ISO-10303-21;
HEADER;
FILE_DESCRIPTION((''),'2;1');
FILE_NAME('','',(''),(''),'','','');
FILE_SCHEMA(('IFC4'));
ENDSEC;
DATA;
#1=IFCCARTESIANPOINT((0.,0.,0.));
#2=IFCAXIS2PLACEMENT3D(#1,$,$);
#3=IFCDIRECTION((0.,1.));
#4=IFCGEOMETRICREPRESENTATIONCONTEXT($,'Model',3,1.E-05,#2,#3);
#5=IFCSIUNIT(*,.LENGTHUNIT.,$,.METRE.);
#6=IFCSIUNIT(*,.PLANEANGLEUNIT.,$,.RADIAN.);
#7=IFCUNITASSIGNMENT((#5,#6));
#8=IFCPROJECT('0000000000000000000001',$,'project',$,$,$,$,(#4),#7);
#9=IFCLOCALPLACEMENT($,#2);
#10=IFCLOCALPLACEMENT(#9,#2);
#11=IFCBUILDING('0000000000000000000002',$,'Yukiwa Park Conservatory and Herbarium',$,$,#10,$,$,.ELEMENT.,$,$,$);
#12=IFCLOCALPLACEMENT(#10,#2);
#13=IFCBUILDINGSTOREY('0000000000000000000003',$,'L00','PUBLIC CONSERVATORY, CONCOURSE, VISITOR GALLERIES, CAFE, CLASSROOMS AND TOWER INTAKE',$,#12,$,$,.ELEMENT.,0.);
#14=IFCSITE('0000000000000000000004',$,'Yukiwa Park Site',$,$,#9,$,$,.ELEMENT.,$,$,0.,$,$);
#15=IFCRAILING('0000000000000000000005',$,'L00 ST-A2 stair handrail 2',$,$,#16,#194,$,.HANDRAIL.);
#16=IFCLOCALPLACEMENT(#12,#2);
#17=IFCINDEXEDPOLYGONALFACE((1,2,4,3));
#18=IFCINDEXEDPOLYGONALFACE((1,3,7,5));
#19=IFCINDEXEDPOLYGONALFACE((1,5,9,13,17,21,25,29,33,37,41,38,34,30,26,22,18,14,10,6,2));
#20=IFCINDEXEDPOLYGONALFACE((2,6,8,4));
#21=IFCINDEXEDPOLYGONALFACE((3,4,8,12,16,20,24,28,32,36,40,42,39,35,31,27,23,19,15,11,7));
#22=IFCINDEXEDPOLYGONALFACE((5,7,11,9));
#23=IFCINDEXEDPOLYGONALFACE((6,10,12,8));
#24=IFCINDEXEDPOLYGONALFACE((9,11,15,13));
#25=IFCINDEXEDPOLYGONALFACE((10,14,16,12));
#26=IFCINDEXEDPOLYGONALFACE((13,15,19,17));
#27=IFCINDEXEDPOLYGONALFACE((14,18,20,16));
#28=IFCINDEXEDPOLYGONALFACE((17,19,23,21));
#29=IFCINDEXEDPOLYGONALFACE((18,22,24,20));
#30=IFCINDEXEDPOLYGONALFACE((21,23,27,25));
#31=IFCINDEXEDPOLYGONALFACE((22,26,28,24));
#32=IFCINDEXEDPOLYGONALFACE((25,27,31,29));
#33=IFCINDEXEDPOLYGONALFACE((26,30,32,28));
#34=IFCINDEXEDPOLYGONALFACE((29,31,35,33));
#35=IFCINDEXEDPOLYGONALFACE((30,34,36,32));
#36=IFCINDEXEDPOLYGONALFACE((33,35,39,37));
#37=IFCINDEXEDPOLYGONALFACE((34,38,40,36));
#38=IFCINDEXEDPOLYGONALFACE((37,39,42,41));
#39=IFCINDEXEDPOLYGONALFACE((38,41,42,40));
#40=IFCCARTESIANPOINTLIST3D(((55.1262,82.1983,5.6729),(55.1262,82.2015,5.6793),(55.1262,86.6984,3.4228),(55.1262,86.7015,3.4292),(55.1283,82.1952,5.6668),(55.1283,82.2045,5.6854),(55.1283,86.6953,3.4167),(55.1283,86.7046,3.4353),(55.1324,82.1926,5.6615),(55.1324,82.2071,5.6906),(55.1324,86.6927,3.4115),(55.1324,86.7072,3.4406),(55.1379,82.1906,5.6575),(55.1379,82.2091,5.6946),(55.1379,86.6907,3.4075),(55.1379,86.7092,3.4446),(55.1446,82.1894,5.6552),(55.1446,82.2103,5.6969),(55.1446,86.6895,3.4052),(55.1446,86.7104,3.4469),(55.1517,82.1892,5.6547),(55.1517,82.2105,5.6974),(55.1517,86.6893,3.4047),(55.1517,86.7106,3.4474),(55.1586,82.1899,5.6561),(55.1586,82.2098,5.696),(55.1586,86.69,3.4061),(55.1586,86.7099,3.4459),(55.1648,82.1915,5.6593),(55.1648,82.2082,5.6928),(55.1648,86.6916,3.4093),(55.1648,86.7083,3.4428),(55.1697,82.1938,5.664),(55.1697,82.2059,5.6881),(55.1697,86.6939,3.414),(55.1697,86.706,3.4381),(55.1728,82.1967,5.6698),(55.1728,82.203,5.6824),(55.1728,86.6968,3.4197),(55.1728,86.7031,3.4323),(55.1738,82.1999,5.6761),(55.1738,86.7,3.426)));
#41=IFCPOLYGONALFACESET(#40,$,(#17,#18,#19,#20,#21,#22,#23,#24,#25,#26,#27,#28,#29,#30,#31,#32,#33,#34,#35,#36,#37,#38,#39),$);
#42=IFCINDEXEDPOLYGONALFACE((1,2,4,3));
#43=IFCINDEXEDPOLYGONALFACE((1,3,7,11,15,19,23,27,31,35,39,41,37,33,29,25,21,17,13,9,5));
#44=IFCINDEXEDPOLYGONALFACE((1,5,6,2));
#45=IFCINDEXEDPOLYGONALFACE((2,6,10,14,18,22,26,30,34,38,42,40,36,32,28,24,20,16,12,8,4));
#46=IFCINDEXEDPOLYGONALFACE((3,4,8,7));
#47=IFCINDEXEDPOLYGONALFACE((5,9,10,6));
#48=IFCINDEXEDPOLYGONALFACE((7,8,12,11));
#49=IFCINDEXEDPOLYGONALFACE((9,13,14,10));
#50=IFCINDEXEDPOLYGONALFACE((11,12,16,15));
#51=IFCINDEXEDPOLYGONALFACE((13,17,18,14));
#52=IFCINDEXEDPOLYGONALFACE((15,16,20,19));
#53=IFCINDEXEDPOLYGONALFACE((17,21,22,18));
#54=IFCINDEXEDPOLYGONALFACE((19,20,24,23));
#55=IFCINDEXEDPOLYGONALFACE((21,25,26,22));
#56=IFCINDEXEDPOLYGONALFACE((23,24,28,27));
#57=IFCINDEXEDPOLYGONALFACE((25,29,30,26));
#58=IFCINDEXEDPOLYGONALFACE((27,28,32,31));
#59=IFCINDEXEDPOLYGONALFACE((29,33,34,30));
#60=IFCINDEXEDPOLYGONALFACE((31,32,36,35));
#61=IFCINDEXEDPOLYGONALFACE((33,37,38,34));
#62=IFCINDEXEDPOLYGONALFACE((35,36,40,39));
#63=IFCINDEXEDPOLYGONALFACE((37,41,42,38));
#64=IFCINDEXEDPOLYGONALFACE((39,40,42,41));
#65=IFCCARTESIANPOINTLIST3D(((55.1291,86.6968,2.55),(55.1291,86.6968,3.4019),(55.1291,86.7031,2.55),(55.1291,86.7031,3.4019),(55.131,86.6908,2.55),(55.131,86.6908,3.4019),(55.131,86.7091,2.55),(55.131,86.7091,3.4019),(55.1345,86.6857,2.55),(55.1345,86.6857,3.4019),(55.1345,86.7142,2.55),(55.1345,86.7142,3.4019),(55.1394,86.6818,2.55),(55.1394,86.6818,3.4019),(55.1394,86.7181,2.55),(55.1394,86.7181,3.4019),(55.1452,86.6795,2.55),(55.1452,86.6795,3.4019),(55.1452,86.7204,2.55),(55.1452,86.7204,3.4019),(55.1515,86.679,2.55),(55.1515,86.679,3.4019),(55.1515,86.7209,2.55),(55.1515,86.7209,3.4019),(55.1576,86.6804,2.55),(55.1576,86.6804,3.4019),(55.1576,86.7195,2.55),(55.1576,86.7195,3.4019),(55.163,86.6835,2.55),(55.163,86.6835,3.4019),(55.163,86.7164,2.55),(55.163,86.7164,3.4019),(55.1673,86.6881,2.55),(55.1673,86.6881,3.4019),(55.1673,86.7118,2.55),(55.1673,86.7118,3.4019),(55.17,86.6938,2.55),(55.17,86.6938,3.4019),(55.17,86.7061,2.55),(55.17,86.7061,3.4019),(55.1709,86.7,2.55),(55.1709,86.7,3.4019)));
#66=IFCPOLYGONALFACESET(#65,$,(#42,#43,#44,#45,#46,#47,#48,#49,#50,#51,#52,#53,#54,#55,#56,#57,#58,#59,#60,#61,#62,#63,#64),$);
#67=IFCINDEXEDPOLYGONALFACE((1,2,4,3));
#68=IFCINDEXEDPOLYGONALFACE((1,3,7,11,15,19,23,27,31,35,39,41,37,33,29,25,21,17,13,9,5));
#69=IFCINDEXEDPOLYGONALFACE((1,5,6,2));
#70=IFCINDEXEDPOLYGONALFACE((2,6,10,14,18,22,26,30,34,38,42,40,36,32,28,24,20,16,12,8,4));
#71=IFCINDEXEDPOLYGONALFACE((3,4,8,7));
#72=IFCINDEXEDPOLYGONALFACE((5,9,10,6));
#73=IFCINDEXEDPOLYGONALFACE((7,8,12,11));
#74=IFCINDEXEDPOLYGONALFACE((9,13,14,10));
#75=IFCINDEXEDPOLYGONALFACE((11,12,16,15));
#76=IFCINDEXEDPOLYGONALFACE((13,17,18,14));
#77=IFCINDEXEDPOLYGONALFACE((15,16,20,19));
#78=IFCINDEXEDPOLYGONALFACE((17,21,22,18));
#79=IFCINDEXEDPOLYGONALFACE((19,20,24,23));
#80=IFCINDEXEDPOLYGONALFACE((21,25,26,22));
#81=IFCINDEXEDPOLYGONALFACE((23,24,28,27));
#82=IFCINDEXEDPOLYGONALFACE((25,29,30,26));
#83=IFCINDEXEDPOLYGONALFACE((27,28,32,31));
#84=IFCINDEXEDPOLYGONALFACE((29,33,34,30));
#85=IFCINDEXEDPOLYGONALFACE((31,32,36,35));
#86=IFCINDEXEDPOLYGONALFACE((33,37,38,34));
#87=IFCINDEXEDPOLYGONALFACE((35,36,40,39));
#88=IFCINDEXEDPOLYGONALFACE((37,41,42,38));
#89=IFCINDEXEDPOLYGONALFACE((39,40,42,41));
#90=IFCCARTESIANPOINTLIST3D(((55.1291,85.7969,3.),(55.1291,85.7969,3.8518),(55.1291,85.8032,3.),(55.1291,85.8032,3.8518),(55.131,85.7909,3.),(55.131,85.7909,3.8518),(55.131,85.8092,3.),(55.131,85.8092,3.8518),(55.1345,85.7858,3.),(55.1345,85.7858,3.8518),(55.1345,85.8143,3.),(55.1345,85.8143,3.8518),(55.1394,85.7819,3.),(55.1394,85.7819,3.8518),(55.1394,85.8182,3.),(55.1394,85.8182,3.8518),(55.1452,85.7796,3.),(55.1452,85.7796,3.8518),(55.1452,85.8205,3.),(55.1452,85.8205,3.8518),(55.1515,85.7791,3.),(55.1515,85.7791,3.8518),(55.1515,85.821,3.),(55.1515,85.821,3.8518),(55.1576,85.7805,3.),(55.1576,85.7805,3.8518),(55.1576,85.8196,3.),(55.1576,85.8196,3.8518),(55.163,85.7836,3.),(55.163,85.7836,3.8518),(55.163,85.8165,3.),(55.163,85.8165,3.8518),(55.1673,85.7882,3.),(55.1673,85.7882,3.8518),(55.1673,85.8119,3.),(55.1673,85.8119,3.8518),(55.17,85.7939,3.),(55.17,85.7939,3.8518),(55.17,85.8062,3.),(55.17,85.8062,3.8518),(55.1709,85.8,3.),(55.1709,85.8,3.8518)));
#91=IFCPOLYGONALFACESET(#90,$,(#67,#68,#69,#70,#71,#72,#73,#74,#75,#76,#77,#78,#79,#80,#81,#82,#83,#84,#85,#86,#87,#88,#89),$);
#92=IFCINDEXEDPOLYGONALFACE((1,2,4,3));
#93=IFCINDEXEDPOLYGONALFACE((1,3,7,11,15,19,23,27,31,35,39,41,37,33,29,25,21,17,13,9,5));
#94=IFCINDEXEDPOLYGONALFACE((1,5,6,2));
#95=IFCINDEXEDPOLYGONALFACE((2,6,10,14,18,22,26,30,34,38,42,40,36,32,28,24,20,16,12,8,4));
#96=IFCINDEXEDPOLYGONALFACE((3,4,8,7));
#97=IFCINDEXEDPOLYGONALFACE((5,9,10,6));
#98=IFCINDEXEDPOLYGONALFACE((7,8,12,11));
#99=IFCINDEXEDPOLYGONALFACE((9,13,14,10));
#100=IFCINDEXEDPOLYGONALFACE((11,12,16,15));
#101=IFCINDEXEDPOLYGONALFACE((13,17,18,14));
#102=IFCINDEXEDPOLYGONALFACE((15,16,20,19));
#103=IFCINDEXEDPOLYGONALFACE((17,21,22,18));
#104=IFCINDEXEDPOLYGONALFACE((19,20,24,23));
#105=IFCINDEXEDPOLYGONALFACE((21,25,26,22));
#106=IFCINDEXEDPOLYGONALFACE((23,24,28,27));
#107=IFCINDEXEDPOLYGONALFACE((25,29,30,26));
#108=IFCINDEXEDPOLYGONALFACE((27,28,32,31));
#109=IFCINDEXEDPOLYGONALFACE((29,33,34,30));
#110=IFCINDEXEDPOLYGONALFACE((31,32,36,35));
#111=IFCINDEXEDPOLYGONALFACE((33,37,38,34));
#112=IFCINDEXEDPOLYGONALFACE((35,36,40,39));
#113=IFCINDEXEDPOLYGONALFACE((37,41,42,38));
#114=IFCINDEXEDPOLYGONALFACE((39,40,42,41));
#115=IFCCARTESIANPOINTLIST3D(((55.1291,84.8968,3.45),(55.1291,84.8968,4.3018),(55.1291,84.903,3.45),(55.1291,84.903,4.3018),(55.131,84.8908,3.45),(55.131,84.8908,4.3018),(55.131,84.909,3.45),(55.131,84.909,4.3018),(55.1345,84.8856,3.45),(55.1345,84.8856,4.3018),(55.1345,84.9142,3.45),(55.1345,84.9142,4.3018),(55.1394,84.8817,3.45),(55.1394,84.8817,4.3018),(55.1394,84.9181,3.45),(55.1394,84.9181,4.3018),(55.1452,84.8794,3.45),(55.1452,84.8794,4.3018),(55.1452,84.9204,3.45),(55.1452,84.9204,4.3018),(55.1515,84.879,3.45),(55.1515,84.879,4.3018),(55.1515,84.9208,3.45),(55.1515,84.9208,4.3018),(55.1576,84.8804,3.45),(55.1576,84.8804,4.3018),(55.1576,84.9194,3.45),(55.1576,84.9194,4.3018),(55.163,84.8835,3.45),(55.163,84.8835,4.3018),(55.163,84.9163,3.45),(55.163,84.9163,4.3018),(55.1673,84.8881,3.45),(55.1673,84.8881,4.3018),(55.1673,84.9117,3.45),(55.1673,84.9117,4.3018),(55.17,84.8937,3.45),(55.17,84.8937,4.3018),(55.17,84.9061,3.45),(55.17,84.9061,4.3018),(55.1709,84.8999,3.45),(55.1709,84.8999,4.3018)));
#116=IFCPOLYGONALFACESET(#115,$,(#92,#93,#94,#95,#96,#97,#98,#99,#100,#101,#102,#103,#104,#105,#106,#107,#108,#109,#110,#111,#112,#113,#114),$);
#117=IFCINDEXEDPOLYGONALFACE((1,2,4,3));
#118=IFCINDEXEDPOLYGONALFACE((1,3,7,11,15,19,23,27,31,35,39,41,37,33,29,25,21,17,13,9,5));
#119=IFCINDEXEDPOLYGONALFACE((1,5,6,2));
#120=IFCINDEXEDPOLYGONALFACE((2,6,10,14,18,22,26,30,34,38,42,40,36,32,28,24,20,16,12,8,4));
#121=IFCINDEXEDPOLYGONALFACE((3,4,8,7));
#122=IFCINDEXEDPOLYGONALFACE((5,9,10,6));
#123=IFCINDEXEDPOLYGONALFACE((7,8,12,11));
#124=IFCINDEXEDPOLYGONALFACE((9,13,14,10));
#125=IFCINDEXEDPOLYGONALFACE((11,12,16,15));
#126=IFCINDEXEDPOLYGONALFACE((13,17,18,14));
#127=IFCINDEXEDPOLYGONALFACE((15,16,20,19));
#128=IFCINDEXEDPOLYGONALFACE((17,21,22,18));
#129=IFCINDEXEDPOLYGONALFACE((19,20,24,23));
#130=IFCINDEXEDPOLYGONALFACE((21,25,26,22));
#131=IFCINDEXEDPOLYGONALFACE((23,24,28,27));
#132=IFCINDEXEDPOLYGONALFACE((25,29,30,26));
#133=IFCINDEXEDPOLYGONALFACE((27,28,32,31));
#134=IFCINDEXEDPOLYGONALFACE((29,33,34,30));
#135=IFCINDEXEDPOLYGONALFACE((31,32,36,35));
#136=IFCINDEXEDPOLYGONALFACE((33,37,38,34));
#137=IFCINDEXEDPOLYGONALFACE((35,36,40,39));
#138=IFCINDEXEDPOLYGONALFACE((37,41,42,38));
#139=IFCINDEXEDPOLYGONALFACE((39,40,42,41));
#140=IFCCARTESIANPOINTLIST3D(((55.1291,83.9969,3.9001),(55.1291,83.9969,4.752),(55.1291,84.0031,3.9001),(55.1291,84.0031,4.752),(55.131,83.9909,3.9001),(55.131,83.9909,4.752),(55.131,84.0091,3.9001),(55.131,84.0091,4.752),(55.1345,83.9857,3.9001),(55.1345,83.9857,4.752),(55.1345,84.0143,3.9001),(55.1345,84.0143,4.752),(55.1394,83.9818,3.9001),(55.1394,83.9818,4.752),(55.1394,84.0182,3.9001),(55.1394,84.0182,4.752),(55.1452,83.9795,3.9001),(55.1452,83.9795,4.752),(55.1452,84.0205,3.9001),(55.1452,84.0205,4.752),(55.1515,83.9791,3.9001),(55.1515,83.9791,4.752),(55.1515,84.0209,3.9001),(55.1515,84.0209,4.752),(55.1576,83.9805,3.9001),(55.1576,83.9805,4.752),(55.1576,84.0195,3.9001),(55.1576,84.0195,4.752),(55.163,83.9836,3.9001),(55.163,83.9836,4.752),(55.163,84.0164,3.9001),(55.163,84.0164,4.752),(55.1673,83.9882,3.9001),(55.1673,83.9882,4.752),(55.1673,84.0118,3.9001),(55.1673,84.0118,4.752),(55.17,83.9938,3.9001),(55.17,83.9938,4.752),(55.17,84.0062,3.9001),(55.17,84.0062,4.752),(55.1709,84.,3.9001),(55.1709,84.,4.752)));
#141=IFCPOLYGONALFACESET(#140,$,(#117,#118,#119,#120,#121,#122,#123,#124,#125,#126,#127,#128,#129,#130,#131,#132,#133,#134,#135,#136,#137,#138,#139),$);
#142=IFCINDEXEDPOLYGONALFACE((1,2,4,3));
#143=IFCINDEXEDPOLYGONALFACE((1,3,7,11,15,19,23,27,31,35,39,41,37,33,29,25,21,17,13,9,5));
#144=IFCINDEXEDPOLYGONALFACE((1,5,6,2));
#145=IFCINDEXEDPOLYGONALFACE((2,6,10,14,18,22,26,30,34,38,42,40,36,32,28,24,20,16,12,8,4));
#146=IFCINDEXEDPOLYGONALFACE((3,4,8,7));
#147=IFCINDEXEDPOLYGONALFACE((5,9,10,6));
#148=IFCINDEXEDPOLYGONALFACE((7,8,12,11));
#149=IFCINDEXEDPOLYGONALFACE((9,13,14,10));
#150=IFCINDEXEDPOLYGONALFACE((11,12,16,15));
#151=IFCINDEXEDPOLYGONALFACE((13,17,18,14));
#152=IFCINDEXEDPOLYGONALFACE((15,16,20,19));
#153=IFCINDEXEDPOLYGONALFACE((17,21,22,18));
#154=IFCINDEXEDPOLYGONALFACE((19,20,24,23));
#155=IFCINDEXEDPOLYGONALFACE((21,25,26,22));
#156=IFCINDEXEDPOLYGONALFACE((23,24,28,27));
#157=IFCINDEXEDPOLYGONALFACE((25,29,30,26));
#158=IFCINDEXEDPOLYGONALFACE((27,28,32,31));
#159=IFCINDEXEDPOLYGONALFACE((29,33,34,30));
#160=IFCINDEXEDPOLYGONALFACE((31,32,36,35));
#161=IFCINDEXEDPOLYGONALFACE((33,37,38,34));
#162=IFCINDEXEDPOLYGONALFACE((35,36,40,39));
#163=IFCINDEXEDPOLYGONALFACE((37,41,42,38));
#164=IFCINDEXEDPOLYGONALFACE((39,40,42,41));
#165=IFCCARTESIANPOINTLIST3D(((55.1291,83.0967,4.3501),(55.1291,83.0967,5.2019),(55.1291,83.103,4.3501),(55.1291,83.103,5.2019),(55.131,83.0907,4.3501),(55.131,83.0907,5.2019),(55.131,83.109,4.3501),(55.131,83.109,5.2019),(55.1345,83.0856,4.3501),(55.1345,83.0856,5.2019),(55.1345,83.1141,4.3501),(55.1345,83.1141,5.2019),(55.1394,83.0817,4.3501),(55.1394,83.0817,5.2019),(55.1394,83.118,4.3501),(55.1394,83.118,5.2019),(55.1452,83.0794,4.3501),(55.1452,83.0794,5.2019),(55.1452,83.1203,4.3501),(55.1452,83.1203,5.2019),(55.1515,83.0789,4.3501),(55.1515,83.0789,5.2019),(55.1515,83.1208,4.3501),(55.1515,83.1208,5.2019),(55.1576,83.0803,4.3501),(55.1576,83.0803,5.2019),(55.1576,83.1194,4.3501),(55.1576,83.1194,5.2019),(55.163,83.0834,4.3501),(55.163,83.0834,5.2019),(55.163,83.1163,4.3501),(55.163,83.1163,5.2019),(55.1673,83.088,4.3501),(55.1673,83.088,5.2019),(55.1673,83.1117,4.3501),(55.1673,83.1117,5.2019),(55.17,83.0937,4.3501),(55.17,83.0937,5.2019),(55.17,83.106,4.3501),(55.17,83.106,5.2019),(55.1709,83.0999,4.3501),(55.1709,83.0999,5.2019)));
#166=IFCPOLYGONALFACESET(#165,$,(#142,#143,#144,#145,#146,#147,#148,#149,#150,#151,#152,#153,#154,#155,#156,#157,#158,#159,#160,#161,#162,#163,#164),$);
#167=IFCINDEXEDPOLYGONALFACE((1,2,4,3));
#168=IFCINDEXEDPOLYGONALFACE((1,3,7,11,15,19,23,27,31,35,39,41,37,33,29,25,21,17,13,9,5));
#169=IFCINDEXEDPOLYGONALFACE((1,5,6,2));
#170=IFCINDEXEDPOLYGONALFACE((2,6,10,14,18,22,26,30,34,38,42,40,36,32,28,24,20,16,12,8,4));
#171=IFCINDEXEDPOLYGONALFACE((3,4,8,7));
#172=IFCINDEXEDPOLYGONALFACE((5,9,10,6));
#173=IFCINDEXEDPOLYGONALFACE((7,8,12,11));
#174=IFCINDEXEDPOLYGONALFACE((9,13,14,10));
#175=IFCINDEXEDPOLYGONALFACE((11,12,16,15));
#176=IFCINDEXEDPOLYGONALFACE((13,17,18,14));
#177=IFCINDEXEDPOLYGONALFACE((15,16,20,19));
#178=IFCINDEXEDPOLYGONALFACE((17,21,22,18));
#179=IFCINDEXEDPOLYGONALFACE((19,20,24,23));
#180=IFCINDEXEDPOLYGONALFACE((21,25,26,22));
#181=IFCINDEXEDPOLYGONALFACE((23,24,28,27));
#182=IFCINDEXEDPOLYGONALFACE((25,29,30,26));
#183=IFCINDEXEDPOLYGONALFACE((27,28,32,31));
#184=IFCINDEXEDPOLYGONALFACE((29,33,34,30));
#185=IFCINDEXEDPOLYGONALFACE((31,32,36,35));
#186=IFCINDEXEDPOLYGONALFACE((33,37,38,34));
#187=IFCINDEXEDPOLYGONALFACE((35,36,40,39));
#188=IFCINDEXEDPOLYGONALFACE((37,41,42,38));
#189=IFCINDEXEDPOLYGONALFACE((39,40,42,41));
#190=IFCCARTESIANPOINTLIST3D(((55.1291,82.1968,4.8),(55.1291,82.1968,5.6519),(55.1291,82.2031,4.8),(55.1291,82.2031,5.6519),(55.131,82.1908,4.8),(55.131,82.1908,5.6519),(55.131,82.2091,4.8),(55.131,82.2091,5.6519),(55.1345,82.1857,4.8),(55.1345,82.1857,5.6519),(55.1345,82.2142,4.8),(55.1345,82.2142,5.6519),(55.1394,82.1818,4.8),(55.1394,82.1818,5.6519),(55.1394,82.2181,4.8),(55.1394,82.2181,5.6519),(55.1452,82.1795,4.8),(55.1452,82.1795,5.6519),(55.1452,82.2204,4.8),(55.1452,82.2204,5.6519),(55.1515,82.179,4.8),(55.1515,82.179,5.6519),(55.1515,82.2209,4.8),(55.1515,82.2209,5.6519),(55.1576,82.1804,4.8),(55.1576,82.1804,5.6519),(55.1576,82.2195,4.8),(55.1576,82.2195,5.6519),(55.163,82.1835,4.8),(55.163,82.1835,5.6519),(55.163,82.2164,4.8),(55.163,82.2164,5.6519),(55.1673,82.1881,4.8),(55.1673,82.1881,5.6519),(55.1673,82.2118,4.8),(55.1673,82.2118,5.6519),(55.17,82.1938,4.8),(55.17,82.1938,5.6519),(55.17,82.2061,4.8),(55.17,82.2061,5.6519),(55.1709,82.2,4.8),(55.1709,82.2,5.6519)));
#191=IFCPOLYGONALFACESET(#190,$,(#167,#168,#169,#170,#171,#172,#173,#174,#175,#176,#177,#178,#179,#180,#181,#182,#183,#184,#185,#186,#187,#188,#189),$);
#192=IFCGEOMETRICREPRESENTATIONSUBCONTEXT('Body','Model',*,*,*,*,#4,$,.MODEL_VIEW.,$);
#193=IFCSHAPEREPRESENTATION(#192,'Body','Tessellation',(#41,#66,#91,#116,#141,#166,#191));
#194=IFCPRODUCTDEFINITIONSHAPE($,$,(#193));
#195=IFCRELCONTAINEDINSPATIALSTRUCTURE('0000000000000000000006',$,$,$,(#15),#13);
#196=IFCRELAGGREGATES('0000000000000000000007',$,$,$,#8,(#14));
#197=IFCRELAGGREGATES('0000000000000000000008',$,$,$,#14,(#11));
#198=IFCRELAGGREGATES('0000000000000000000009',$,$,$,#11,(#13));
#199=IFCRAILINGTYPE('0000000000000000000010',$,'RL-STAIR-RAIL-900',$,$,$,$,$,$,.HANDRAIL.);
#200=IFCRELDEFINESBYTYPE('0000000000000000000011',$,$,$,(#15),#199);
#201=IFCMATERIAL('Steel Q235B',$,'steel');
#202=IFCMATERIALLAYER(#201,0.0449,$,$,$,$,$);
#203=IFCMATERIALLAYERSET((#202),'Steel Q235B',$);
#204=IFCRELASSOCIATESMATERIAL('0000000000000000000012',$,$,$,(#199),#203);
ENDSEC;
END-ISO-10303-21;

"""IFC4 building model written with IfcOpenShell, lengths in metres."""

from ifc_helpers import new_model, si_unit, direction, frame, origin, origin_2d, place, context, subcontext, project, spatial, circle, extrude, material, layer, layer_set, type_object, element, save


model = new_model("IFC4")

# Units and contexts
model_context = context("Model", 3, precision=1e-05, world=origin(), true_north=direction((0.0, 1.0)))
body_context = subcontext(model_context, "Body", "Model", "MODEL_VIEW")
ifc_project = project(units=[si_unit("LENGTHUNIT", "METRE"), si_unit("PLANEANGLEUNIT", "RADIAN")], contexts=[model_context])

# Site, building, storey
site_placement = place(None, origin())
site = spatial("IfcSite", under=ifc_project, at=site_placement, Name="Yukiwa Park Site", CompositionType="ELEMENT", RefElevation=0.0)
building_placement = place(site_placement, origin())
building = spatial("IfcBuilding", under=site, at=building_placement, Name="Yukiwa Park Conservatory and Herbarium", CompositionType="ELEMENT")
storey_placement = place(building_placement, origin())
storey = spatial("IfcBuildingStorey", under=building, at=storey_placement, Name="L00", Description="PUBLIC CONSERVATORY, CONCOURSE, VISITOR GALLERIES, CAFE, CLASSROOMS AND TOWER INTAKE", CompositionType="ELEMENT", Elevation=0.0)

# Railing
ifc_material_1 = material(Name="Steel Q235B", Category="steel")
ifc_layer_1 = layer(ifc_material_1, 0.0449)
ifc_layer_set_1 = layer_set([ifc_layer_1], Name="Steel Q235B")
railing_type_1 = type_object("IfcRailingType", Name="RL-STAIR-RAIL-900", PredefinedType="HANDRAIL", material=ifc_layer_set_1)
railing_1_placement = place(storey_placement, frame((55.1499, 86.7, 2.55)))
element("IfcRailing", 1, at=railing_1_placement, inside=storey, type_object=railing_type_1, Name="L00 ST-A2 stair handrail 2", PredefinedType="HANDRAIL", context=body_context, shape_type="SweptSolid", body=[
    extrude(circle(Radius=0.0239, at=origin_2d()), frame((0.0, 0.0, 0.876), z_axis=(0.0, -0.894427, 0.447214), x_axis=(1.0, 0.0, 0.0)), (0.0, 0.0, 1.0), 5.0312),
    extrude(circle(Radius=0.021, at=origin_2d()), origin(), (0.0, 0.0, 1.0), 0.8518),
    extrude(circle(Radius=0.021, at=origin_2d()), frame((0.0, -0.8999, 0.45)), (0.0, 0.0, 1.0), 0.8518),
    extrude(circle(Radius=0.021, at=origin_2d()), frame((0.0, -1.8, 0.8999)), (0.0, 0.0, 1.0), 0.8518),
    extrude(circle(Radius=0.021, at=origin_2d()), frame((0.0, -2.7, 1.3501)), (0.0, 0.0, 1.0), 0.8518),
    extrude(circle(Radius=0.021, at=origin_2d()), frame((0.0, -3.6001, 1.8)), (0.0, 0.0, 1.0), 0.8518),
    extrude(circle(Radius=0.021, at=origin_2d()), frame((0.0, -4.5, 2.25)), (0.0, 0.0, 1.0), 0.8518),
])

save(model, "model.ifc")
